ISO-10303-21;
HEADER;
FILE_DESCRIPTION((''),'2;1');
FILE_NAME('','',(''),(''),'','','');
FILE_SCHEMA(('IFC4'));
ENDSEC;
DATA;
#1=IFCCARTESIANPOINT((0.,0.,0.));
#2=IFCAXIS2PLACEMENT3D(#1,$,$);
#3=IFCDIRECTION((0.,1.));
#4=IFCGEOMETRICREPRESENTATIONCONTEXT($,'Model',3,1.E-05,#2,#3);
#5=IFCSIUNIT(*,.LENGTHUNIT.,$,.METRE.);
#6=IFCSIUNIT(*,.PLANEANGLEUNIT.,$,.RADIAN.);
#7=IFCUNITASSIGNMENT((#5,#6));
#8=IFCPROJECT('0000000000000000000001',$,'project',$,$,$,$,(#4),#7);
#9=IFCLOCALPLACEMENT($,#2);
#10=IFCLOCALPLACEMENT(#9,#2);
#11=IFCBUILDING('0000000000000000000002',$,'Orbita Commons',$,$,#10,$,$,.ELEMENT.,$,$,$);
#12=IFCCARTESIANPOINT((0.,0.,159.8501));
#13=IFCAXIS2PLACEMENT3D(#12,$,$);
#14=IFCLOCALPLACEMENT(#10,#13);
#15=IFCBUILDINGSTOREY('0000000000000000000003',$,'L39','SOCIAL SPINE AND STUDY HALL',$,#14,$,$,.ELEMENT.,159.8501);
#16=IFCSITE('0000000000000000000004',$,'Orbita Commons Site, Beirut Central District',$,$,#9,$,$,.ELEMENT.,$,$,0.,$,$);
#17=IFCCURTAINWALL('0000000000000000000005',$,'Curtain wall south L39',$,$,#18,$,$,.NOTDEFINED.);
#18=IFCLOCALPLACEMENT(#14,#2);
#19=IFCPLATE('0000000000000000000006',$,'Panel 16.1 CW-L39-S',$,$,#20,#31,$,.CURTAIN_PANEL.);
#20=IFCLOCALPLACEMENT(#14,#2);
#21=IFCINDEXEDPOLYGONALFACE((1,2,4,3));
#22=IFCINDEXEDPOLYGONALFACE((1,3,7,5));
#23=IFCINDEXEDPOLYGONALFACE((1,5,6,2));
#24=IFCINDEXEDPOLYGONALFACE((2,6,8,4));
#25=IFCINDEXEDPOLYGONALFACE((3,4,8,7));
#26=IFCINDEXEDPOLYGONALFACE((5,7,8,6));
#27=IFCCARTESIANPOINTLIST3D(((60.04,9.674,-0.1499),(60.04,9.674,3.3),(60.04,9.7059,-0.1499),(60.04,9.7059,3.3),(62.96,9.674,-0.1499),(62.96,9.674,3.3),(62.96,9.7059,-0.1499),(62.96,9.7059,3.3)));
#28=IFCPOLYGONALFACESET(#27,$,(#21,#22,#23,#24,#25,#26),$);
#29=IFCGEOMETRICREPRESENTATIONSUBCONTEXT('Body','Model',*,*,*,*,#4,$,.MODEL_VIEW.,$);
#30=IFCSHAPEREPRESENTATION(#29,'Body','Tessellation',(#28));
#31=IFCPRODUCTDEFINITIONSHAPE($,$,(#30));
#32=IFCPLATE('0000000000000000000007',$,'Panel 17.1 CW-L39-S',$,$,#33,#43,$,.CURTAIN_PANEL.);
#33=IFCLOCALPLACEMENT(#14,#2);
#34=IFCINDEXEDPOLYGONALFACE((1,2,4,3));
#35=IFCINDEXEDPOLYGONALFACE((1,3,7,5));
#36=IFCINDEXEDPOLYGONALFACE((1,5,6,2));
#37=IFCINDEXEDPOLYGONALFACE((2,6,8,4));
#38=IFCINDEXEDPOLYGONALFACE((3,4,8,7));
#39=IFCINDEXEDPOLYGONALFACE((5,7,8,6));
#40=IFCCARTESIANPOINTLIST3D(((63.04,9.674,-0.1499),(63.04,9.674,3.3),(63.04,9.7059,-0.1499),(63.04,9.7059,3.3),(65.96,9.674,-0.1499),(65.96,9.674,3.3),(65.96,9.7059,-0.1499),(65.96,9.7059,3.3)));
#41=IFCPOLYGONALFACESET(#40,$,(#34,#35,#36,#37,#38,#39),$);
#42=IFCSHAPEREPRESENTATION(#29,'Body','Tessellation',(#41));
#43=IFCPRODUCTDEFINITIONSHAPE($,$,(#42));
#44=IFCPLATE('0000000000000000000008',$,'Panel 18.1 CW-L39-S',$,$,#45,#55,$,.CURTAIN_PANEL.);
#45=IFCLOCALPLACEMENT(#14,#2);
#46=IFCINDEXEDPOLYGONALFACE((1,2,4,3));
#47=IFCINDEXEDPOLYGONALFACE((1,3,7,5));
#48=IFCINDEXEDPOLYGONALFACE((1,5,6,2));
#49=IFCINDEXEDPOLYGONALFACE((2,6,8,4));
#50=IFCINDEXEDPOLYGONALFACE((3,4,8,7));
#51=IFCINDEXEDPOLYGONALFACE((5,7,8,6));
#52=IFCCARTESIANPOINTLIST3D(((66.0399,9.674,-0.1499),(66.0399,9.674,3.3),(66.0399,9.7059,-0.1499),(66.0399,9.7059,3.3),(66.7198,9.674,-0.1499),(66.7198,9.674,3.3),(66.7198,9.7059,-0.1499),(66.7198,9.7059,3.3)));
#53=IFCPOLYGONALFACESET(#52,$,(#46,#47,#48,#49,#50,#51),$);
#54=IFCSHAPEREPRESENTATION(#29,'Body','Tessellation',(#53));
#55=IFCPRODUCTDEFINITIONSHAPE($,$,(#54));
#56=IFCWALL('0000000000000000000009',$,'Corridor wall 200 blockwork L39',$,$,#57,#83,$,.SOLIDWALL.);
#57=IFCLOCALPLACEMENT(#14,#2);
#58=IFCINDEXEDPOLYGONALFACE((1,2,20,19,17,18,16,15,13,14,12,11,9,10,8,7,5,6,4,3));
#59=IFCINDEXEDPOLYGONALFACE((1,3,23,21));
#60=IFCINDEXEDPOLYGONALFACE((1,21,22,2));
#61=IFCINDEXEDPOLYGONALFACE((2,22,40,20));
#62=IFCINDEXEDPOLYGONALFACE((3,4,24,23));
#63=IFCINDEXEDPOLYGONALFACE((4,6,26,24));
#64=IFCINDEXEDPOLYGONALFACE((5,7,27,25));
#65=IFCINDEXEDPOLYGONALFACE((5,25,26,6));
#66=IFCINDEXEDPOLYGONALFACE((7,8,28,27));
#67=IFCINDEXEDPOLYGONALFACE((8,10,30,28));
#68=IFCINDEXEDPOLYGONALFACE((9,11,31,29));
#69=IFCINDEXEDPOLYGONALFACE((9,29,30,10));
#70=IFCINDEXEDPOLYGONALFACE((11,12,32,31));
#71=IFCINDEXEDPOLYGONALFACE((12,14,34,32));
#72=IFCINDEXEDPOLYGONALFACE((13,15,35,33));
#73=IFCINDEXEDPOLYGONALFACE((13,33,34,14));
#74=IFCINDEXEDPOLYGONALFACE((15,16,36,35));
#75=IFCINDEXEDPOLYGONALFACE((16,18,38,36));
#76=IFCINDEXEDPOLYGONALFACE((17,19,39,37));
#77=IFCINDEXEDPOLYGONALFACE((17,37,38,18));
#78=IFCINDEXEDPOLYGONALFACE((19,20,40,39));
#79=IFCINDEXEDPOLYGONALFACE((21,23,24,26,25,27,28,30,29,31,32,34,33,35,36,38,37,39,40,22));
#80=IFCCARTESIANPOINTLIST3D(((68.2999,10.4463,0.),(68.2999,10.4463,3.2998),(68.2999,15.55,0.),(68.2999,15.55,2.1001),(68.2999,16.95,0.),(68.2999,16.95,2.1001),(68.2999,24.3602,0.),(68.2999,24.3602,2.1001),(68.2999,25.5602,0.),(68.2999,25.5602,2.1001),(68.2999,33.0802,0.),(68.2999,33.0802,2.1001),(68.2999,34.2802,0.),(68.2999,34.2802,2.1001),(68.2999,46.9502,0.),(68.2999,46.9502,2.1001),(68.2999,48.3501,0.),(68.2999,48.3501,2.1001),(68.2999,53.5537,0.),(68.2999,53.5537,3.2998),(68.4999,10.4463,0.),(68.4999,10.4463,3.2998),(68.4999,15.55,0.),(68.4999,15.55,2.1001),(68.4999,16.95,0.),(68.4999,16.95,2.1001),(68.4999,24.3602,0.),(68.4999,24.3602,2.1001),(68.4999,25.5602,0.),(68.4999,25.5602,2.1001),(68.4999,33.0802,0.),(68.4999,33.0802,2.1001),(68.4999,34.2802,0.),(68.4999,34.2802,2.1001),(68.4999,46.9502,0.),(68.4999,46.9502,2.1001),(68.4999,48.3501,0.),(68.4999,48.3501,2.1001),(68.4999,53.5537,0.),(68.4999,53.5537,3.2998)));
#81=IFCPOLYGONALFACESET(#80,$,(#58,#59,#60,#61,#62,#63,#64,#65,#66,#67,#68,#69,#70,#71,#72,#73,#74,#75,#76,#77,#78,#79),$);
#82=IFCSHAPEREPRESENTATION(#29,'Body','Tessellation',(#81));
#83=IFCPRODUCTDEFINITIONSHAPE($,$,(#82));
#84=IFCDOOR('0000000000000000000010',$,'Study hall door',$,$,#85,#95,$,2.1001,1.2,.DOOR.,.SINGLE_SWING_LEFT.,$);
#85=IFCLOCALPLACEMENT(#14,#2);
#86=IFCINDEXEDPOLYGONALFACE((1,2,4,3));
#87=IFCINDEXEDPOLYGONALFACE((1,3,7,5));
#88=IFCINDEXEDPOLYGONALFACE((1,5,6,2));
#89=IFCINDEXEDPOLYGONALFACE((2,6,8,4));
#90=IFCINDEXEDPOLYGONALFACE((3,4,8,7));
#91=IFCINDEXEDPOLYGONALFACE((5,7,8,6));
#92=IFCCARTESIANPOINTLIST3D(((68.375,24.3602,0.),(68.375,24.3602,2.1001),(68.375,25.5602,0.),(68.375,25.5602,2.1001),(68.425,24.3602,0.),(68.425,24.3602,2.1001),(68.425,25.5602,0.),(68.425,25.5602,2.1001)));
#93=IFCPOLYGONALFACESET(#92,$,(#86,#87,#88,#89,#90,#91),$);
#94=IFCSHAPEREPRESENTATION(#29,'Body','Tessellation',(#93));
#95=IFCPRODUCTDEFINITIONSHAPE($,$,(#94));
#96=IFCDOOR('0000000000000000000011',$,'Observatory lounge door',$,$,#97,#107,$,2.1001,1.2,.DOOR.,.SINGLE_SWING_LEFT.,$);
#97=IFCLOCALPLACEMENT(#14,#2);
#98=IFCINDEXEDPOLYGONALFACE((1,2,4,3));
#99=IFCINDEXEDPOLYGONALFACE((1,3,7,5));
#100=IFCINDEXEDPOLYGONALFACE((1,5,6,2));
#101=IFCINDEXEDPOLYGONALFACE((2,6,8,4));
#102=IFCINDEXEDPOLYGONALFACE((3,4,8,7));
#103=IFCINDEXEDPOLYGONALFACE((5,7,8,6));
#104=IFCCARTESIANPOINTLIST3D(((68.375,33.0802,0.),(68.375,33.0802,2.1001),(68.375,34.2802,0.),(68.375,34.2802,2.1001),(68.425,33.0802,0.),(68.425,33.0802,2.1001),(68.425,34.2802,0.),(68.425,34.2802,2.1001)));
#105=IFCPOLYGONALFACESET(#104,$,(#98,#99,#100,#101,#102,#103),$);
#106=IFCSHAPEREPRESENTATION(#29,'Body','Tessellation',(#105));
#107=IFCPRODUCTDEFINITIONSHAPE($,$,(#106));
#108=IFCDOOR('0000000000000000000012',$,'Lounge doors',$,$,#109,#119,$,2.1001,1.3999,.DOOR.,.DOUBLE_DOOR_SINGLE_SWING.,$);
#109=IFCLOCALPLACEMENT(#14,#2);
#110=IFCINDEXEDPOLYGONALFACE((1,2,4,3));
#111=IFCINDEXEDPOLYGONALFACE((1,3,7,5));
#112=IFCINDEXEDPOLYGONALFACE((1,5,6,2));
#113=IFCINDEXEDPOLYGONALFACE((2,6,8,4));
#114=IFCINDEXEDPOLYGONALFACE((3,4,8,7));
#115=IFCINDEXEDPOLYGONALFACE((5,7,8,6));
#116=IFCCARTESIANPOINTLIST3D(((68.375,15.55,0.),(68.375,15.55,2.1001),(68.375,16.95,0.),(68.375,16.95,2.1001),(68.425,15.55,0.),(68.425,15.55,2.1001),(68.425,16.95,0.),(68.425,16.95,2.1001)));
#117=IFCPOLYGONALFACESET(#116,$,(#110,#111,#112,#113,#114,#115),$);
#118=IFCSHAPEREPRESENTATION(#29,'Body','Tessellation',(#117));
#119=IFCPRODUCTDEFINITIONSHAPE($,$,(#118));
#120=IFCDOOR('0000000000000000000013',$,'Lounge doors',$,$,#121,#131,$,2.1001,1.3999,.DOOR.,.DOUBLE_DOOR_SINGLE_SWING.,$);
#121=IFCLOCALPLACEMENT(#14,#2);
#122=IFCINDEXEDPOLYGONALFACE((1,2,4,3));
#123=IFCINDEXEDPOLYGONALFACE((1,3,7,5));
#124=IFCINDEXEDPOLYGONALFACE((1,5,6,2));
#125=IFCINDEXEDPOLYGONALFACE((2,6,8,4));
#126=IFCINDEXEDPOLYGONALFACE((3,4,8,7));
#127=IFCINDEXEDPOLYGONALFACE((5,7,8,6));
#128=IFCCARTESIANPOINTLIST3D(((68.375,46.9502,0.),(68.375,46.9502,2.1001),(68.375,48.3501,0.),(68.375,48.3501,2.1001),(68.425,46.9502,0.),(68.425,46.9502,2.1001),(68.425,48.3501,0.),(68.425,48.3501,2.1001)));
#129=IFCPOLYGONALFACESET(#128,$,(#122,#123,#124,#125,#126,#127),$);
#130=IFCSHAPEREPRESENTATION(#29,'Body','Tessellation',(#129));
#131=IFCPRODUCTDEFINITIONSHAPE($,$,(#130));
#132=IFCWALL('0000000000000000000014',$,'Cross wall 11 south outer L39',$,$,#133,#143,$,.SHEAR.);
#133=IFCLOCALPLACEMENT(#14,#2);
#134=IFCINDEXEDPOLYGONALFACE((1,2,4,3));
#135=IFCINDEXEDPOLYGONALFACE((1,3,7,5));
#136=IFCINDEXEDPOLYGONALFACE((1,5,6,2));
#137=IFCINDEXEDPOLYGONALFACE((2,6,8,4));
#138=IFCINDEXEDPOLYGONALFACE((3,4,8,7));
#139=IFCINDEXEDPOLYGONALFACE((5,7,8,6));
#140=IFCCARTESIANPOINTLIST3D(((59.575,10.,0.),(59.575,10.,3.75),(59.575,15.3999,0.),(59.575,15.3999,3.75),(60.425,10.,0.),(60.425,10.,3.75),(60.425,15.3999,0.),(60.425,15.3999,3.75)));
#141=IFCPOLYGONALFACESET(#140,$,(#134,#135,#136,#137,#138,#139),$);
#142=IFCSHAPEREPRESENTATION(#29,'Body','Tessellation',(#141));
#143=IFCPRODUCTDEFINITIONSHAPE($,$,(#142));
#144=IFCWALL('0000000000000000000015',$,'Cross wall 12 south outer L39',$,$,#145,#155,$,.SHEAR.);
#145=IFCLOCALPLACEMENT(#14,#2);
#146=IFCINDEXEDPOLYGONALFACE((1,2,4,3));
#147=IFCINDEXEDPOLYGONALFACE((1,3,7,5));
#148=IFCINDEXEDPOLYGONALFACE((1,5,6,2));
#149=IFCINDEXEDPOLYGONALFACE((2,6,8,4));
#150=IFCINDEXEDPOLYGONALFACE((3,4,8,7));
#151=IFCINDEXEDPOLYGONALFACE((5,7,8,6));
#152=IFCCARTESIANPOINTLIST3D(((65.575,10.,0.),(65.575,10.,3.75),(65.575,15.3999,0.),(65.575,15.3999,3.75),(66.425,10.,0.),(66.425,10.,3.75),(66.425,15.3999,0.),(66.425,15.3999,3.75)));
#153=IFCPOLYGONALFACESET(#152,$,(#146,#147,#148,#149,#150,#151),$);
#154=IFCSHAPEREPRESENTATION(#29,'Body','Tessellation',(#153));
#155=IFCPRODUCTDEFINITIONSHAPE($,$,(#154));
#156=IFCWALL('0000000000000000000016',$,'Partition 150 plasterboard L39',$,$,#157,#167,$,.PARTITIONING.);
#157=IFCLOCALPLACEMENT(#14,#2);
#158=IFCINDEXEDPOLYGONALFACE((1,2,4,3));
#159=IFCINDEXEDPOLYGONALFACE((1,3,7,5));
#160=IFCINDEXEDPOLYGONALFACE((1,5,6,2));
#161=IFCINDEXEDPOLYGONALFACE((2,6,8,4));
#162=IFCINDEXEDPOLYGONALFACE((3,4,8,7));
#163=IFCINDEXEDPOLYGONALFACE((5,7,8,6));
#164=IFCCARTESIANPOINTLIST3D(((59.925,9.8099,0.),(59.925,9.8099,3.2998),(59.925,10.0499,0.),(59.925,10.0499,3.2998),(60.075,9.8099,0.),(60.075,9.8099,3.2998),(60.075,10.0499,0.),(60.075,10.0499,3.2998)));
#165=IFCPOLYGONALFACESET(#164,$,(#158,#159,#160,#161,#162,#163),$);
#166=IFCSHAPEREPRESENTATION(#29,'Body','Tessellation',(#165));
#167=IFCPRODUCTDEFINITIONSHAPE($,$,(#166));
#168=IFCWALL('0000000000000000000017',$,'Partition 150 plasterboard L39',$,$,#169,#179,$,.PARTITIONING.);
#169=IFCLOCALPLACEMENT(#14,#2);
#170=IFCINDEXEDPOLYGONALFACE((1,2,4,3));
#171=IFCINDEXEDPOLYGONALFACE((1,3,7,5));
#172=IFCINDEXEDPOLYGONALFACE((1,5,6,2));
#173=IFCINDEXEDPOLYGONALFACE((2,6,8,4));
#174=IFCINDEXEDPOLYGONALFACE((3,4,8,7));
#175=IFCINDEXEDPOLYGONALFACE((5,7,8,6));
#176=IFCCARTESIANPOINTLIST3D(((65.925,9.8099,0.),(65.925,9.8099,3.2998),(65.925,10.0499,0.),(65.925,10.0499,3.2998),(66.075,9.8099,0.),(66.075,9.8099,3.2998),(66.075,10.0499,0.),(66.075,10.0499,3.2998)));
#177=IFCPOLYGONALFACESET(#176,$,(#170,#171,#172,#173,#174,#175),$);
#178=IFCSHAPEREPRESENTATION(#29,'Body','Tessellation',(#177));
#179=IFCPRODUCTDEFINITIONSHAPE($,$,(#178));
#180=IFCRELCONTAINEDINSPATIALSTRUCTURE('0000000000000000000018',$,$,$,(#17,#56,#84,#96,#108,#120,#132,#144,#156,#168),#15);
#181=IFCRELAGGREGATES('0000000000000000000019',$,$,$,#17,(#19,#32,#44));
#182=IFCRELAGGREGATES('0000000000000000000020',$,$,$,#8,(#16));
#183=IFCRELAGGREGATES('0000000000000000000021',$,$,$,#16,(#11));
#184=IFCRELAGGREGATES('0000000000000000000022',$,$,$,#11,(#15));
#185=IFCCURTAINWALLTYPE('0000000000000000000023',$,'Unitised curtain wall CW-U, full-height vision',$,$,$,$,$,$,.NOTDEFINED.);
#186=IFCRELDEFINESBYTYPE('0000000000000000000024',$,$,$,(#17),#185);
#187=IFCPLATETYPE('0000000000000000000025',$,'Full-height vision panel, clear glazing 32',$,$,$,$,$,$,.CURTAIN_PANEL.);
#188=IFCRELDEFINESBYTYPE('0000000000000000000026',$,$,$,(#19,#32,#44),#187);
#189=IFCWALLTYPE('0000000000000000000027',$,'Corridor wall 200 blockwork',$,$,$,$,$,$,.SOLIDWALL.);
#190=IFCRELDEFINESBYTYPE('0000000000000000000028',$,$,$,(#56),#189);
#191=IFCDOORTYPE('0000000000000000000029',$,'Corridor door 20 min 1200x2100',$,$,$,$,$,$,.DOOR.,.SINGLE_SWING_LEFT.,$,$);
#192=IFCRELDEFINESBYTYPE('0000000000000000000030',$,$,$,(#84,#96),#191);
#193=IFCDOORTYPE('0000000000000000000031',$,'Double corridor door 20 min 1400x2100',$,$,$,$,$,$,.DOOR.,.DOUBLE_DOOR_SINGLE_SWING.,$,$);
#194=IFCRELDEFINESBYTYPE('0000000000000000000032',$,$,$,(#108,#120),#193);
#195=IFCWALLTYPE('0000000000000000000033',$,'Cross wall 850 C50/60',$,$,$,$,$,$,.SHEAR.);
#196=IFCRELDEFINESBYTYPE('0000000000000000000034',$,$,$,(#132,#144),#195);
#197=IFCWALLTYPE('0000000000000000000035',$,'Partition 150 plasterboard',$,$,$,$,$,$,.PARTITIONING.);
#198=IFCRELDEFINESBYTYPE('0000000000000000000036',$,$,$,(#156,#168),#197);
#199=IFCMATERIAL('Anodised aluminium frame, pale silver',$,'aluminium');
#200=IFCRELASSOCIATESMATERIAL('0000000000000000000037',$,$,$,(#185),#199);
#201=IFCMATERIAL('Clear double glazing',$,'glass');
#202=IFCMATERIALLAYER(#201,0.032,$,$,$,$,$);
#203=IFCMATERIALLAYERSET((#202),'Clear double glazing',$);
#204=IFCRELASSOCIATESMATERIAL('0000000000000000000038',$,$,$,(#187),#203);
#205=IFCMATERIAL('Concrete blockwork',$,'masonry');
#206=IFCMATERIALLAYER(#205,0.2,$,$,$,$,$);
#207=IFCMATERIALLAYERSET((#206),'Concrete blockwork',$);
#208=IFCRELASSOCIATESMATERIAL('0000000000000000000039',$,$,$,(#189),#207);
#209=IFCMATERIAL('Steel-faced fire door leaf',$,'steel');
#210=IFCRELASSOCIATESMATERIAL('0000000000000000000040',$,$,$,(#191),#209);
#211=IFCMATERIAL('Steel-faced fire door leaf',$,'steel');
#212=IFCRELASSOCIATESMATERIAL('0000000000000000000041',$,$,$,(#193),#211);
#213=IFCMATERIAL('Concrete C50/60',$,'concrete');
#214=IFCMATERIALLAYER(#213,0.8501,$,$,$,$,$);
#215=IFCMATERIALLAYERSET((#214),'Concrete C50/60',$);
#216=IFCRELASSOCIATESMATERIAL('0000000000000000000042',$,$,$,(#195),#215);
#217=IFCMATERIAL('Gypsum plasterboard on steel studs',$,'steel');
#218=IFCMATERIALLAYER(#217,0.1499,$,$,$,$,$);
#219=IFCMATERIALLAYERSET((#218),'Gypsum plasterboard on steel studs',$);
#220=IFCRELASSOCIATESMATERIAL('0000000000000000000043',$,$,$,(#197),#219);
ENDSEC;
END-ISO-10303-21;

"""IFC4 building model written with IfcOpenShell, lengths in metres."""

from ifc_helpers import new_model, si_unit, direction, frame, frame_2d, origin, origin_2d, place, context, subcontext, project, spatial, rectangle, extrude, material, layer, layer_set, type_object, element, fill, aggregate, save


model = new_model("IFC4")

# Units and contexts
model_context = context("Model", 3, precision=1e-05, world=origin(), true_north=direction((0.0, 1.0)))
body_context = subcontext(model_context, "Body", "Model", "MODEL_VIEW")
ifc_project = project(units=[si_unit("LENGTHUNIT", "METRE"), si_unit("PLANEANGLEUNIT", "RADIAN")], contexts=[model_context])

# Site, building, storey
site_placement = place(None, origin())
site = spatial("IfcSite", under=ifc_project, at=site_placement, Name="Orbita Commons Site, Beirut Central District", CompositionType="ELEMENT", RefElevation=0.0)
building_placement = place(site_placement, origin())
building = spatial("IfcBuilding", under=site, at=building_placement, Name="Orbita Commons", CompositionType="ELEMENT")
storey_placement = place(building_placement, frame((0.0, 0.0, 159.8501)))
storey = spatial("IfcBuildingStorey", under=building, at=storey_placement, Name="L39", Description="SOCIAL SPINE AND STUDY HALL", CompositionType="ELEMENT", Elevation=159.8501)

# Curtain wall
ifc_material_1 = material(Name="Anodised aluminium frame, pale silver", Category="aluminium")
curtain_wall_type = type_object("IfcCurtainWallType", Name="Unitised curtain wall CW-U, full-height vision", PredefinedType="NOTDEFINED", material=ifc_material_1)
curtain_wall_placement = place(storey_placement, origin())
curtain_wall = element("IfcCurtainWall", 1, at=curtain_wall_placement, inside=storey, type_object=curtain_wall_type, Name="Curtain wall south L39", PredefinedType="NOTDEFINED")

# Plates
ifc_material_2 = material(Name="Clear double glazing", Category="glass")
ifc_layer_1 = layer(ifc_material_2, 0.032)
ifc_layer_set_1 = layer_set([ifc_layer_1], Name="Clear double glazing")
plate_type = type_object("IfcPlateType", Name="Full-height vision panel, clear glazing 32", PredefinedType="CURTAIN_PANEL", material=ifc_layer_set_1)
plate_1_placement = place(storey_placement, frame((61.5, 9.6899, -0.1499), z_axis=(0.0, 0.0, 1.0), x_axis=(1.0, 0.0, 0.0)))
plate_1 = element("IfcPlate", 2, at=plate_1_placement, type_object=plate_type, Name="Panel 16.1 CW-L39-S", PredefinedType="CURTAIN_PANEL", context=body_context, shape_type="SweptSolid", body=[
    extrude(rectangle(XDim=2.9199, YDim=0.032, at=origin_2d()), origin(), (0.0, 0.0, 1.0), 3.45),
])
plate_2_placement = place(storey_placement, frame((64.5, 9.6899, -0.1499), z_axis=(0.0, 0.0, 1.0), x_axis=(1.0, 0.0, 0.0)))
plate_2 = element("IfcPlate", 3, at=plate_2_placement, type_object=plate_type, Name="Panel 17.1 CW-L39-S", PredefinedType="CURTAIN_PANEL", context=body_context, shape_type="SweptSolid", body=[
    extrude(rectangle(XDim=2.9199, YDim=0.032, at=origin_2d()), origin(), (0.0, 0.0, 1.0), 3.45),
])
plate_3_placement = place(storey_placement, frame((66.3799, 9.6899, -0.1499), z_axis=(0.0, 0.0, 1.0), x_axis=(1.0, 0.0, 0.0)))
plate_3 = element("IfcPlate", 4, at=plate_3_placement, type_object=plate_type, Name="Panel 18.1 CW-L39-S", PredefinedType="CURTAIN_PANEL", context=body_context, shape_type="SweptSolid", body=[
    extrude(rectangle(XDim=0.6799, YDim=0.032, at=origin_2d()), origin(), (0.0, 0.0, 1.0), 3.45),
])
aggregate(curtain_wall, [plate_1, plate_2, plate_3])

# Wall, openings, doors
ifc_material_3 = material(Name="Concrete blockwork", Category="masonry")
ifc_layer_2 = layer(ifc_material_3, 0.2)
ifc_layer_set_2 = layer_set([ifc_layer_2], Name="Concrete blockwork")
wall_type_1 = type_object("IfcWallType", Name="Corridor wall 200 blockwork", PredefinedType="SOLIDWALL", material=ifc_layer_set_2)
wall_1_placement = place(storey_placement, frame((68.3999, 10.4463, 0.0), z_axis=(0.0, 0.0, 1.0), x_axis=(0.0, 1.0, 0.0)))
wall_1 = element("IfcWall", 5, at=wall_1_placement, inside=storey, type_object=wall_type_1, Name="Corridor wall 200 blockwork L39", PredefinedType="SOLIDWALL", context=body_context, shape_type="SweptSolid", body=[
    extrude(rectangle(XDim=43.1074, YDim=0.2, at=frame_2d((21.5537, 0.0))), origin(), (0.0, 0.0, 1.0), 3.2998),
])
opening_1_placement = place(wall_1_placement, frame((13.9138, 0.0, 0.0)))
opening_1 = element("IfcOpeningElement", 6, at=opening_1_placement, cuts=wall_1, PredefinedType="OPENING", context=body_context, shape_type="SweptSolid", body=[
    extrude(rectangle(XDim=1.2, YDim=2.1001, at=frame_2d((0.6001, 1.05))), frame((0.0, 0.1099, 0.0), z_axis=(0.0, -1.0, 0.0), x_axis=(1.0, 0.0, 0.0)), (0.0, 0.0, 1.0), 0.22),
])
opening_2_placement = place(wall_1_placement, frame((22.6338, 0.0, 0.0)))
opening_2 = element("IfcOpeningElement", 7, at=opening_2_placement, cuts=wall_1, PredefinedType="OPENING", context=body_context, shape_type="SweptSolid", body=[
    extrude(rectangle(XDim=1.2, YDim=2.1001, at=frame_2d((0.6001, 1.05))), frame((0.0, 0.1099, 0.0), z_axis=(0.0, -1.0, 0.0), x_axis=(1.0, 0.0, 0.0)), (0.0, 0.0, 1.0), 0.22),
])
opening_3_placement = place(wall_1_placement, frame((5.1038, 0.0, 0.0)))
opening_3 = element("IfcOpeningElement", 8, at=opening_3_placement, cuts=wall_1, PredefinedType="OPENING", context=body_context, shape_type="SweptSolid", body=[
    extrude(rectangle(XDim=1.3999, YDim=2.1001, at=frame_2d((0.7, 1.05))), frame((0.0, 0.1099, 0.0), z_axis=(0.0, -1.0, 0.0), x_axis=(1.0, 0.0, 0.0)), (0.0, 0.0, 1.0), 0.22),
])
opening_4_placement = place(wall_1_placement, frame((36.5039, 0.0, 0.0)))
opening_4 = element("IfcOpeningElement", 9, at=opening_4_placement, cuts=wall_1, PredefinedType="OPENING", context=body_context, shape_type="SweptSolid", body=[
    extrude(rectangle(XDim=1.3999, YDim=2.1001, at=frame_2d((0.7, 1.05))), frame((0.0, 0.1099, 0.0), z_axis=(0.0, -1.0, 0.0), x_axis=(1.0, 0.0, 0.0)), (0.0, 0.0, 1.0), 0.22),
])
ifc_material_4 = material(Name="Steel-faced fire door leaf", Category="steel")
door_type_1 = type_object("IfcDoorType", Name="Corridor door 20 min 1200x2100", OperationType="SINGLE_SWING_LEFT", PredefinedType="DOOR", material=ifc_material_4)
door_1_placement = place(opening_1_placement, origin())
door_1 = element("IfcDoor", 10, at=door_1_placement, inside=storey, type_object=door_type_1, Name="Study hall door", OperationType="SINGLE_SWING_LEFT", OverallHeight=2.1001, OverallWidth=1.2, PredefinedType="DOOR", context=body_context, shape_type="SweptSolid", body=[
    extrude(rectangle(XDim=1.2, YDim=2.1001, at=frame_2d((0.6001, 1.05))), frame((0.0, 0.0249, 0.0), z_axis=(0.0, -1.0, 0.0), x_axis=(1.0, 0.0, 0.0)), (0.0, 0.0, 1.0), 0.05),
])
fill(opening_1, door_1)
door_2_placement = place(opening_2_placement, origin())
door_2 = element("IfcDoor", 11, at=door_2_placement, inside=storey, type_object=door_type_1, Name="Observatory lounge door", OperationType="SINGLE_SWING_LEFT", OverallHeight=2.1001, OverallWidth=1.2, PredefinedType="DOOR", context=body_context, shape_type="SweptSolid", body=[
    extrude(rectangle(XDim=1.2, YDim=2.1001, at=frame_2d((0.6001, 1.05))), frame((0.0, 0.0249, 0.0), z_axis=(0.0, -1.0, 0.0), x_axis=(1.0, 0.0, 0.0)), (0.0, 0.0, 1.0), 0.05),
])
fill(opening_2, door_2)
ifc_material_5 = material(Name="Steel-faced fire door leaf", Category="steel")
door_type_2 = type_object("IfcDoorType", Name="Double corridor door 20 min 1400x2100", OperationType="DOUBLE_DOOR_SINGLE_SWING", PredefinedType="DOOR", material=ifc_material_5)
door_3_placement = place(opening_3_placement, origin())
door_3 = element("IfcDoor", 12, at=door_3_placement, inside=storey, type_object=door_type_2, Name="Lounge doors", OperationType="DOUBLE_DOOR_SINGLE_SWING", OverallHeight=2.1001, OverallWidth=1.3999, PredefinedType="DOOR", context=body_context, shape_type="SweptSolid", body=[
    extrude(rectangle(XDim=1.3999, YDim=2.1001, at=frame_2d((0.7, 1.05))), frame((0.0, 0.0249, 0.0), z_axis=(0.0, -1.0, 0.0), x_axis=(1.0, 0.0, 0.0)), (0.0, 0.0, 1.0), 0.05),
])
fill(opening_3, door_3)
door_4_placement = place(opening_4_placement, origin())
door_4 = element("IfcDoor", 13, at=door_4_placement, inside=storey, type_object=door_type_2, Name="Lounge doors", OperationType="DOUBLE_DOOR_SINGLE_SWING", OverallHeight=2.1001, OverallWidth=1.3999, PredefinedType="DOOR", context=body_context, shape_type="SweptSolid", body=[
    extrude(rectangle(XDim=1.3999, YDim=2.1001, at=frame_2d((0.7, 1.05))), frame((0.0, 0.0249, 0.0), z_axis=(0.0, -1.0, 0.0), x_axis=(1.0, 0.0, 0.0)), (0.0, 0.0, 1.0), 0.05),
])
fill(opening_4, door_4)

# Walls
ifc_material_6 = material(Name="Concrete C50/60", Category="concrete")
ifc_layer_3 = layer(ifc_material_6, 0.8501)
ifc_layer_set_3 = layer_set([ifc_layer_3], Name="Concrete C50/60")
wall_type_2 = type_object("IfcWallType", Name="Cross wall 850 C50/60", PredefinedType="SHEAR", material=ifc_layer_set_3)
for number, where, z_axis, x_axis, name in (
    (14, (60.0, 10.0, 0.0), (0.0, 0.0, 1.0), (0.0, 1.0, 0.0), "Cross wall 11 south outer L39"),
    (15, (66.0, 10.0, 0.0), (0.0, 0.0, 1.0), (0.0, 1.0, 0.0), "Cross wall 12 south outer L39"),
):
    element("IfcWall", number, at=place(storey_placement, frame(where, z_axis=z_axis, x_axis=x_axis)), inside=storey, type_object=wall_type_2, Name=name, PredefinedType="SHEAR", context=body_context, shape_type="SweptSolid", body=[
        extrude(rectangle(XDim=5.3999, YDim=0.8501, at=frame_2d((2.7, 0.0))), origin(), (0.0, 0.0, 1.0), 3.75),
    ])
ifc_material_7 = material(Name="Gypsum plasterboard on steel studs", Category="steel")
ifc_layer_4 = layer(ifc_material_7, 0.1499)
ifc_layer_set_4 = layer_set([ifc_layer_4], Name="Gypsum plasterboard on steel studs")
wall_type_3 = type_object("IfcWallType", Name="Partition 150 plasterboard", PredefinedType="PARTITIONING", material=ifc_layer_set_4)
for number, where, z_axis, x_axis, name in (
    (16, (60.0, 10.05, 0.0), (0.0, 0.0, 1.0), (0.0, -1.0, 0.0), "Partition 150 plasterboard L39"),
    (17, (66.0, 10.05, 0.0), (0.0, 0.0, 1.0), (0.0, -1.0, 0.0), "Partition 150 plasterboard L39"),
):
    element("IfcWall", number, at=place(storey_placement, frame(where, z_axis=z_axis, x_axis=x_axis)), inside=storey, type_object=wall_type_3, Name=name, PredefinedType="PARTITIONING", context=body_context, shape_type="SweptSolid", body=[
        extrude(rectangle(XDim=0.24, YDim=0.1499, at=frame_2d((0.1201, 0.0))), origin(), (0.0, 0.0, 1.0), 3.2998),
    ])

save(model, "model.ifc")
